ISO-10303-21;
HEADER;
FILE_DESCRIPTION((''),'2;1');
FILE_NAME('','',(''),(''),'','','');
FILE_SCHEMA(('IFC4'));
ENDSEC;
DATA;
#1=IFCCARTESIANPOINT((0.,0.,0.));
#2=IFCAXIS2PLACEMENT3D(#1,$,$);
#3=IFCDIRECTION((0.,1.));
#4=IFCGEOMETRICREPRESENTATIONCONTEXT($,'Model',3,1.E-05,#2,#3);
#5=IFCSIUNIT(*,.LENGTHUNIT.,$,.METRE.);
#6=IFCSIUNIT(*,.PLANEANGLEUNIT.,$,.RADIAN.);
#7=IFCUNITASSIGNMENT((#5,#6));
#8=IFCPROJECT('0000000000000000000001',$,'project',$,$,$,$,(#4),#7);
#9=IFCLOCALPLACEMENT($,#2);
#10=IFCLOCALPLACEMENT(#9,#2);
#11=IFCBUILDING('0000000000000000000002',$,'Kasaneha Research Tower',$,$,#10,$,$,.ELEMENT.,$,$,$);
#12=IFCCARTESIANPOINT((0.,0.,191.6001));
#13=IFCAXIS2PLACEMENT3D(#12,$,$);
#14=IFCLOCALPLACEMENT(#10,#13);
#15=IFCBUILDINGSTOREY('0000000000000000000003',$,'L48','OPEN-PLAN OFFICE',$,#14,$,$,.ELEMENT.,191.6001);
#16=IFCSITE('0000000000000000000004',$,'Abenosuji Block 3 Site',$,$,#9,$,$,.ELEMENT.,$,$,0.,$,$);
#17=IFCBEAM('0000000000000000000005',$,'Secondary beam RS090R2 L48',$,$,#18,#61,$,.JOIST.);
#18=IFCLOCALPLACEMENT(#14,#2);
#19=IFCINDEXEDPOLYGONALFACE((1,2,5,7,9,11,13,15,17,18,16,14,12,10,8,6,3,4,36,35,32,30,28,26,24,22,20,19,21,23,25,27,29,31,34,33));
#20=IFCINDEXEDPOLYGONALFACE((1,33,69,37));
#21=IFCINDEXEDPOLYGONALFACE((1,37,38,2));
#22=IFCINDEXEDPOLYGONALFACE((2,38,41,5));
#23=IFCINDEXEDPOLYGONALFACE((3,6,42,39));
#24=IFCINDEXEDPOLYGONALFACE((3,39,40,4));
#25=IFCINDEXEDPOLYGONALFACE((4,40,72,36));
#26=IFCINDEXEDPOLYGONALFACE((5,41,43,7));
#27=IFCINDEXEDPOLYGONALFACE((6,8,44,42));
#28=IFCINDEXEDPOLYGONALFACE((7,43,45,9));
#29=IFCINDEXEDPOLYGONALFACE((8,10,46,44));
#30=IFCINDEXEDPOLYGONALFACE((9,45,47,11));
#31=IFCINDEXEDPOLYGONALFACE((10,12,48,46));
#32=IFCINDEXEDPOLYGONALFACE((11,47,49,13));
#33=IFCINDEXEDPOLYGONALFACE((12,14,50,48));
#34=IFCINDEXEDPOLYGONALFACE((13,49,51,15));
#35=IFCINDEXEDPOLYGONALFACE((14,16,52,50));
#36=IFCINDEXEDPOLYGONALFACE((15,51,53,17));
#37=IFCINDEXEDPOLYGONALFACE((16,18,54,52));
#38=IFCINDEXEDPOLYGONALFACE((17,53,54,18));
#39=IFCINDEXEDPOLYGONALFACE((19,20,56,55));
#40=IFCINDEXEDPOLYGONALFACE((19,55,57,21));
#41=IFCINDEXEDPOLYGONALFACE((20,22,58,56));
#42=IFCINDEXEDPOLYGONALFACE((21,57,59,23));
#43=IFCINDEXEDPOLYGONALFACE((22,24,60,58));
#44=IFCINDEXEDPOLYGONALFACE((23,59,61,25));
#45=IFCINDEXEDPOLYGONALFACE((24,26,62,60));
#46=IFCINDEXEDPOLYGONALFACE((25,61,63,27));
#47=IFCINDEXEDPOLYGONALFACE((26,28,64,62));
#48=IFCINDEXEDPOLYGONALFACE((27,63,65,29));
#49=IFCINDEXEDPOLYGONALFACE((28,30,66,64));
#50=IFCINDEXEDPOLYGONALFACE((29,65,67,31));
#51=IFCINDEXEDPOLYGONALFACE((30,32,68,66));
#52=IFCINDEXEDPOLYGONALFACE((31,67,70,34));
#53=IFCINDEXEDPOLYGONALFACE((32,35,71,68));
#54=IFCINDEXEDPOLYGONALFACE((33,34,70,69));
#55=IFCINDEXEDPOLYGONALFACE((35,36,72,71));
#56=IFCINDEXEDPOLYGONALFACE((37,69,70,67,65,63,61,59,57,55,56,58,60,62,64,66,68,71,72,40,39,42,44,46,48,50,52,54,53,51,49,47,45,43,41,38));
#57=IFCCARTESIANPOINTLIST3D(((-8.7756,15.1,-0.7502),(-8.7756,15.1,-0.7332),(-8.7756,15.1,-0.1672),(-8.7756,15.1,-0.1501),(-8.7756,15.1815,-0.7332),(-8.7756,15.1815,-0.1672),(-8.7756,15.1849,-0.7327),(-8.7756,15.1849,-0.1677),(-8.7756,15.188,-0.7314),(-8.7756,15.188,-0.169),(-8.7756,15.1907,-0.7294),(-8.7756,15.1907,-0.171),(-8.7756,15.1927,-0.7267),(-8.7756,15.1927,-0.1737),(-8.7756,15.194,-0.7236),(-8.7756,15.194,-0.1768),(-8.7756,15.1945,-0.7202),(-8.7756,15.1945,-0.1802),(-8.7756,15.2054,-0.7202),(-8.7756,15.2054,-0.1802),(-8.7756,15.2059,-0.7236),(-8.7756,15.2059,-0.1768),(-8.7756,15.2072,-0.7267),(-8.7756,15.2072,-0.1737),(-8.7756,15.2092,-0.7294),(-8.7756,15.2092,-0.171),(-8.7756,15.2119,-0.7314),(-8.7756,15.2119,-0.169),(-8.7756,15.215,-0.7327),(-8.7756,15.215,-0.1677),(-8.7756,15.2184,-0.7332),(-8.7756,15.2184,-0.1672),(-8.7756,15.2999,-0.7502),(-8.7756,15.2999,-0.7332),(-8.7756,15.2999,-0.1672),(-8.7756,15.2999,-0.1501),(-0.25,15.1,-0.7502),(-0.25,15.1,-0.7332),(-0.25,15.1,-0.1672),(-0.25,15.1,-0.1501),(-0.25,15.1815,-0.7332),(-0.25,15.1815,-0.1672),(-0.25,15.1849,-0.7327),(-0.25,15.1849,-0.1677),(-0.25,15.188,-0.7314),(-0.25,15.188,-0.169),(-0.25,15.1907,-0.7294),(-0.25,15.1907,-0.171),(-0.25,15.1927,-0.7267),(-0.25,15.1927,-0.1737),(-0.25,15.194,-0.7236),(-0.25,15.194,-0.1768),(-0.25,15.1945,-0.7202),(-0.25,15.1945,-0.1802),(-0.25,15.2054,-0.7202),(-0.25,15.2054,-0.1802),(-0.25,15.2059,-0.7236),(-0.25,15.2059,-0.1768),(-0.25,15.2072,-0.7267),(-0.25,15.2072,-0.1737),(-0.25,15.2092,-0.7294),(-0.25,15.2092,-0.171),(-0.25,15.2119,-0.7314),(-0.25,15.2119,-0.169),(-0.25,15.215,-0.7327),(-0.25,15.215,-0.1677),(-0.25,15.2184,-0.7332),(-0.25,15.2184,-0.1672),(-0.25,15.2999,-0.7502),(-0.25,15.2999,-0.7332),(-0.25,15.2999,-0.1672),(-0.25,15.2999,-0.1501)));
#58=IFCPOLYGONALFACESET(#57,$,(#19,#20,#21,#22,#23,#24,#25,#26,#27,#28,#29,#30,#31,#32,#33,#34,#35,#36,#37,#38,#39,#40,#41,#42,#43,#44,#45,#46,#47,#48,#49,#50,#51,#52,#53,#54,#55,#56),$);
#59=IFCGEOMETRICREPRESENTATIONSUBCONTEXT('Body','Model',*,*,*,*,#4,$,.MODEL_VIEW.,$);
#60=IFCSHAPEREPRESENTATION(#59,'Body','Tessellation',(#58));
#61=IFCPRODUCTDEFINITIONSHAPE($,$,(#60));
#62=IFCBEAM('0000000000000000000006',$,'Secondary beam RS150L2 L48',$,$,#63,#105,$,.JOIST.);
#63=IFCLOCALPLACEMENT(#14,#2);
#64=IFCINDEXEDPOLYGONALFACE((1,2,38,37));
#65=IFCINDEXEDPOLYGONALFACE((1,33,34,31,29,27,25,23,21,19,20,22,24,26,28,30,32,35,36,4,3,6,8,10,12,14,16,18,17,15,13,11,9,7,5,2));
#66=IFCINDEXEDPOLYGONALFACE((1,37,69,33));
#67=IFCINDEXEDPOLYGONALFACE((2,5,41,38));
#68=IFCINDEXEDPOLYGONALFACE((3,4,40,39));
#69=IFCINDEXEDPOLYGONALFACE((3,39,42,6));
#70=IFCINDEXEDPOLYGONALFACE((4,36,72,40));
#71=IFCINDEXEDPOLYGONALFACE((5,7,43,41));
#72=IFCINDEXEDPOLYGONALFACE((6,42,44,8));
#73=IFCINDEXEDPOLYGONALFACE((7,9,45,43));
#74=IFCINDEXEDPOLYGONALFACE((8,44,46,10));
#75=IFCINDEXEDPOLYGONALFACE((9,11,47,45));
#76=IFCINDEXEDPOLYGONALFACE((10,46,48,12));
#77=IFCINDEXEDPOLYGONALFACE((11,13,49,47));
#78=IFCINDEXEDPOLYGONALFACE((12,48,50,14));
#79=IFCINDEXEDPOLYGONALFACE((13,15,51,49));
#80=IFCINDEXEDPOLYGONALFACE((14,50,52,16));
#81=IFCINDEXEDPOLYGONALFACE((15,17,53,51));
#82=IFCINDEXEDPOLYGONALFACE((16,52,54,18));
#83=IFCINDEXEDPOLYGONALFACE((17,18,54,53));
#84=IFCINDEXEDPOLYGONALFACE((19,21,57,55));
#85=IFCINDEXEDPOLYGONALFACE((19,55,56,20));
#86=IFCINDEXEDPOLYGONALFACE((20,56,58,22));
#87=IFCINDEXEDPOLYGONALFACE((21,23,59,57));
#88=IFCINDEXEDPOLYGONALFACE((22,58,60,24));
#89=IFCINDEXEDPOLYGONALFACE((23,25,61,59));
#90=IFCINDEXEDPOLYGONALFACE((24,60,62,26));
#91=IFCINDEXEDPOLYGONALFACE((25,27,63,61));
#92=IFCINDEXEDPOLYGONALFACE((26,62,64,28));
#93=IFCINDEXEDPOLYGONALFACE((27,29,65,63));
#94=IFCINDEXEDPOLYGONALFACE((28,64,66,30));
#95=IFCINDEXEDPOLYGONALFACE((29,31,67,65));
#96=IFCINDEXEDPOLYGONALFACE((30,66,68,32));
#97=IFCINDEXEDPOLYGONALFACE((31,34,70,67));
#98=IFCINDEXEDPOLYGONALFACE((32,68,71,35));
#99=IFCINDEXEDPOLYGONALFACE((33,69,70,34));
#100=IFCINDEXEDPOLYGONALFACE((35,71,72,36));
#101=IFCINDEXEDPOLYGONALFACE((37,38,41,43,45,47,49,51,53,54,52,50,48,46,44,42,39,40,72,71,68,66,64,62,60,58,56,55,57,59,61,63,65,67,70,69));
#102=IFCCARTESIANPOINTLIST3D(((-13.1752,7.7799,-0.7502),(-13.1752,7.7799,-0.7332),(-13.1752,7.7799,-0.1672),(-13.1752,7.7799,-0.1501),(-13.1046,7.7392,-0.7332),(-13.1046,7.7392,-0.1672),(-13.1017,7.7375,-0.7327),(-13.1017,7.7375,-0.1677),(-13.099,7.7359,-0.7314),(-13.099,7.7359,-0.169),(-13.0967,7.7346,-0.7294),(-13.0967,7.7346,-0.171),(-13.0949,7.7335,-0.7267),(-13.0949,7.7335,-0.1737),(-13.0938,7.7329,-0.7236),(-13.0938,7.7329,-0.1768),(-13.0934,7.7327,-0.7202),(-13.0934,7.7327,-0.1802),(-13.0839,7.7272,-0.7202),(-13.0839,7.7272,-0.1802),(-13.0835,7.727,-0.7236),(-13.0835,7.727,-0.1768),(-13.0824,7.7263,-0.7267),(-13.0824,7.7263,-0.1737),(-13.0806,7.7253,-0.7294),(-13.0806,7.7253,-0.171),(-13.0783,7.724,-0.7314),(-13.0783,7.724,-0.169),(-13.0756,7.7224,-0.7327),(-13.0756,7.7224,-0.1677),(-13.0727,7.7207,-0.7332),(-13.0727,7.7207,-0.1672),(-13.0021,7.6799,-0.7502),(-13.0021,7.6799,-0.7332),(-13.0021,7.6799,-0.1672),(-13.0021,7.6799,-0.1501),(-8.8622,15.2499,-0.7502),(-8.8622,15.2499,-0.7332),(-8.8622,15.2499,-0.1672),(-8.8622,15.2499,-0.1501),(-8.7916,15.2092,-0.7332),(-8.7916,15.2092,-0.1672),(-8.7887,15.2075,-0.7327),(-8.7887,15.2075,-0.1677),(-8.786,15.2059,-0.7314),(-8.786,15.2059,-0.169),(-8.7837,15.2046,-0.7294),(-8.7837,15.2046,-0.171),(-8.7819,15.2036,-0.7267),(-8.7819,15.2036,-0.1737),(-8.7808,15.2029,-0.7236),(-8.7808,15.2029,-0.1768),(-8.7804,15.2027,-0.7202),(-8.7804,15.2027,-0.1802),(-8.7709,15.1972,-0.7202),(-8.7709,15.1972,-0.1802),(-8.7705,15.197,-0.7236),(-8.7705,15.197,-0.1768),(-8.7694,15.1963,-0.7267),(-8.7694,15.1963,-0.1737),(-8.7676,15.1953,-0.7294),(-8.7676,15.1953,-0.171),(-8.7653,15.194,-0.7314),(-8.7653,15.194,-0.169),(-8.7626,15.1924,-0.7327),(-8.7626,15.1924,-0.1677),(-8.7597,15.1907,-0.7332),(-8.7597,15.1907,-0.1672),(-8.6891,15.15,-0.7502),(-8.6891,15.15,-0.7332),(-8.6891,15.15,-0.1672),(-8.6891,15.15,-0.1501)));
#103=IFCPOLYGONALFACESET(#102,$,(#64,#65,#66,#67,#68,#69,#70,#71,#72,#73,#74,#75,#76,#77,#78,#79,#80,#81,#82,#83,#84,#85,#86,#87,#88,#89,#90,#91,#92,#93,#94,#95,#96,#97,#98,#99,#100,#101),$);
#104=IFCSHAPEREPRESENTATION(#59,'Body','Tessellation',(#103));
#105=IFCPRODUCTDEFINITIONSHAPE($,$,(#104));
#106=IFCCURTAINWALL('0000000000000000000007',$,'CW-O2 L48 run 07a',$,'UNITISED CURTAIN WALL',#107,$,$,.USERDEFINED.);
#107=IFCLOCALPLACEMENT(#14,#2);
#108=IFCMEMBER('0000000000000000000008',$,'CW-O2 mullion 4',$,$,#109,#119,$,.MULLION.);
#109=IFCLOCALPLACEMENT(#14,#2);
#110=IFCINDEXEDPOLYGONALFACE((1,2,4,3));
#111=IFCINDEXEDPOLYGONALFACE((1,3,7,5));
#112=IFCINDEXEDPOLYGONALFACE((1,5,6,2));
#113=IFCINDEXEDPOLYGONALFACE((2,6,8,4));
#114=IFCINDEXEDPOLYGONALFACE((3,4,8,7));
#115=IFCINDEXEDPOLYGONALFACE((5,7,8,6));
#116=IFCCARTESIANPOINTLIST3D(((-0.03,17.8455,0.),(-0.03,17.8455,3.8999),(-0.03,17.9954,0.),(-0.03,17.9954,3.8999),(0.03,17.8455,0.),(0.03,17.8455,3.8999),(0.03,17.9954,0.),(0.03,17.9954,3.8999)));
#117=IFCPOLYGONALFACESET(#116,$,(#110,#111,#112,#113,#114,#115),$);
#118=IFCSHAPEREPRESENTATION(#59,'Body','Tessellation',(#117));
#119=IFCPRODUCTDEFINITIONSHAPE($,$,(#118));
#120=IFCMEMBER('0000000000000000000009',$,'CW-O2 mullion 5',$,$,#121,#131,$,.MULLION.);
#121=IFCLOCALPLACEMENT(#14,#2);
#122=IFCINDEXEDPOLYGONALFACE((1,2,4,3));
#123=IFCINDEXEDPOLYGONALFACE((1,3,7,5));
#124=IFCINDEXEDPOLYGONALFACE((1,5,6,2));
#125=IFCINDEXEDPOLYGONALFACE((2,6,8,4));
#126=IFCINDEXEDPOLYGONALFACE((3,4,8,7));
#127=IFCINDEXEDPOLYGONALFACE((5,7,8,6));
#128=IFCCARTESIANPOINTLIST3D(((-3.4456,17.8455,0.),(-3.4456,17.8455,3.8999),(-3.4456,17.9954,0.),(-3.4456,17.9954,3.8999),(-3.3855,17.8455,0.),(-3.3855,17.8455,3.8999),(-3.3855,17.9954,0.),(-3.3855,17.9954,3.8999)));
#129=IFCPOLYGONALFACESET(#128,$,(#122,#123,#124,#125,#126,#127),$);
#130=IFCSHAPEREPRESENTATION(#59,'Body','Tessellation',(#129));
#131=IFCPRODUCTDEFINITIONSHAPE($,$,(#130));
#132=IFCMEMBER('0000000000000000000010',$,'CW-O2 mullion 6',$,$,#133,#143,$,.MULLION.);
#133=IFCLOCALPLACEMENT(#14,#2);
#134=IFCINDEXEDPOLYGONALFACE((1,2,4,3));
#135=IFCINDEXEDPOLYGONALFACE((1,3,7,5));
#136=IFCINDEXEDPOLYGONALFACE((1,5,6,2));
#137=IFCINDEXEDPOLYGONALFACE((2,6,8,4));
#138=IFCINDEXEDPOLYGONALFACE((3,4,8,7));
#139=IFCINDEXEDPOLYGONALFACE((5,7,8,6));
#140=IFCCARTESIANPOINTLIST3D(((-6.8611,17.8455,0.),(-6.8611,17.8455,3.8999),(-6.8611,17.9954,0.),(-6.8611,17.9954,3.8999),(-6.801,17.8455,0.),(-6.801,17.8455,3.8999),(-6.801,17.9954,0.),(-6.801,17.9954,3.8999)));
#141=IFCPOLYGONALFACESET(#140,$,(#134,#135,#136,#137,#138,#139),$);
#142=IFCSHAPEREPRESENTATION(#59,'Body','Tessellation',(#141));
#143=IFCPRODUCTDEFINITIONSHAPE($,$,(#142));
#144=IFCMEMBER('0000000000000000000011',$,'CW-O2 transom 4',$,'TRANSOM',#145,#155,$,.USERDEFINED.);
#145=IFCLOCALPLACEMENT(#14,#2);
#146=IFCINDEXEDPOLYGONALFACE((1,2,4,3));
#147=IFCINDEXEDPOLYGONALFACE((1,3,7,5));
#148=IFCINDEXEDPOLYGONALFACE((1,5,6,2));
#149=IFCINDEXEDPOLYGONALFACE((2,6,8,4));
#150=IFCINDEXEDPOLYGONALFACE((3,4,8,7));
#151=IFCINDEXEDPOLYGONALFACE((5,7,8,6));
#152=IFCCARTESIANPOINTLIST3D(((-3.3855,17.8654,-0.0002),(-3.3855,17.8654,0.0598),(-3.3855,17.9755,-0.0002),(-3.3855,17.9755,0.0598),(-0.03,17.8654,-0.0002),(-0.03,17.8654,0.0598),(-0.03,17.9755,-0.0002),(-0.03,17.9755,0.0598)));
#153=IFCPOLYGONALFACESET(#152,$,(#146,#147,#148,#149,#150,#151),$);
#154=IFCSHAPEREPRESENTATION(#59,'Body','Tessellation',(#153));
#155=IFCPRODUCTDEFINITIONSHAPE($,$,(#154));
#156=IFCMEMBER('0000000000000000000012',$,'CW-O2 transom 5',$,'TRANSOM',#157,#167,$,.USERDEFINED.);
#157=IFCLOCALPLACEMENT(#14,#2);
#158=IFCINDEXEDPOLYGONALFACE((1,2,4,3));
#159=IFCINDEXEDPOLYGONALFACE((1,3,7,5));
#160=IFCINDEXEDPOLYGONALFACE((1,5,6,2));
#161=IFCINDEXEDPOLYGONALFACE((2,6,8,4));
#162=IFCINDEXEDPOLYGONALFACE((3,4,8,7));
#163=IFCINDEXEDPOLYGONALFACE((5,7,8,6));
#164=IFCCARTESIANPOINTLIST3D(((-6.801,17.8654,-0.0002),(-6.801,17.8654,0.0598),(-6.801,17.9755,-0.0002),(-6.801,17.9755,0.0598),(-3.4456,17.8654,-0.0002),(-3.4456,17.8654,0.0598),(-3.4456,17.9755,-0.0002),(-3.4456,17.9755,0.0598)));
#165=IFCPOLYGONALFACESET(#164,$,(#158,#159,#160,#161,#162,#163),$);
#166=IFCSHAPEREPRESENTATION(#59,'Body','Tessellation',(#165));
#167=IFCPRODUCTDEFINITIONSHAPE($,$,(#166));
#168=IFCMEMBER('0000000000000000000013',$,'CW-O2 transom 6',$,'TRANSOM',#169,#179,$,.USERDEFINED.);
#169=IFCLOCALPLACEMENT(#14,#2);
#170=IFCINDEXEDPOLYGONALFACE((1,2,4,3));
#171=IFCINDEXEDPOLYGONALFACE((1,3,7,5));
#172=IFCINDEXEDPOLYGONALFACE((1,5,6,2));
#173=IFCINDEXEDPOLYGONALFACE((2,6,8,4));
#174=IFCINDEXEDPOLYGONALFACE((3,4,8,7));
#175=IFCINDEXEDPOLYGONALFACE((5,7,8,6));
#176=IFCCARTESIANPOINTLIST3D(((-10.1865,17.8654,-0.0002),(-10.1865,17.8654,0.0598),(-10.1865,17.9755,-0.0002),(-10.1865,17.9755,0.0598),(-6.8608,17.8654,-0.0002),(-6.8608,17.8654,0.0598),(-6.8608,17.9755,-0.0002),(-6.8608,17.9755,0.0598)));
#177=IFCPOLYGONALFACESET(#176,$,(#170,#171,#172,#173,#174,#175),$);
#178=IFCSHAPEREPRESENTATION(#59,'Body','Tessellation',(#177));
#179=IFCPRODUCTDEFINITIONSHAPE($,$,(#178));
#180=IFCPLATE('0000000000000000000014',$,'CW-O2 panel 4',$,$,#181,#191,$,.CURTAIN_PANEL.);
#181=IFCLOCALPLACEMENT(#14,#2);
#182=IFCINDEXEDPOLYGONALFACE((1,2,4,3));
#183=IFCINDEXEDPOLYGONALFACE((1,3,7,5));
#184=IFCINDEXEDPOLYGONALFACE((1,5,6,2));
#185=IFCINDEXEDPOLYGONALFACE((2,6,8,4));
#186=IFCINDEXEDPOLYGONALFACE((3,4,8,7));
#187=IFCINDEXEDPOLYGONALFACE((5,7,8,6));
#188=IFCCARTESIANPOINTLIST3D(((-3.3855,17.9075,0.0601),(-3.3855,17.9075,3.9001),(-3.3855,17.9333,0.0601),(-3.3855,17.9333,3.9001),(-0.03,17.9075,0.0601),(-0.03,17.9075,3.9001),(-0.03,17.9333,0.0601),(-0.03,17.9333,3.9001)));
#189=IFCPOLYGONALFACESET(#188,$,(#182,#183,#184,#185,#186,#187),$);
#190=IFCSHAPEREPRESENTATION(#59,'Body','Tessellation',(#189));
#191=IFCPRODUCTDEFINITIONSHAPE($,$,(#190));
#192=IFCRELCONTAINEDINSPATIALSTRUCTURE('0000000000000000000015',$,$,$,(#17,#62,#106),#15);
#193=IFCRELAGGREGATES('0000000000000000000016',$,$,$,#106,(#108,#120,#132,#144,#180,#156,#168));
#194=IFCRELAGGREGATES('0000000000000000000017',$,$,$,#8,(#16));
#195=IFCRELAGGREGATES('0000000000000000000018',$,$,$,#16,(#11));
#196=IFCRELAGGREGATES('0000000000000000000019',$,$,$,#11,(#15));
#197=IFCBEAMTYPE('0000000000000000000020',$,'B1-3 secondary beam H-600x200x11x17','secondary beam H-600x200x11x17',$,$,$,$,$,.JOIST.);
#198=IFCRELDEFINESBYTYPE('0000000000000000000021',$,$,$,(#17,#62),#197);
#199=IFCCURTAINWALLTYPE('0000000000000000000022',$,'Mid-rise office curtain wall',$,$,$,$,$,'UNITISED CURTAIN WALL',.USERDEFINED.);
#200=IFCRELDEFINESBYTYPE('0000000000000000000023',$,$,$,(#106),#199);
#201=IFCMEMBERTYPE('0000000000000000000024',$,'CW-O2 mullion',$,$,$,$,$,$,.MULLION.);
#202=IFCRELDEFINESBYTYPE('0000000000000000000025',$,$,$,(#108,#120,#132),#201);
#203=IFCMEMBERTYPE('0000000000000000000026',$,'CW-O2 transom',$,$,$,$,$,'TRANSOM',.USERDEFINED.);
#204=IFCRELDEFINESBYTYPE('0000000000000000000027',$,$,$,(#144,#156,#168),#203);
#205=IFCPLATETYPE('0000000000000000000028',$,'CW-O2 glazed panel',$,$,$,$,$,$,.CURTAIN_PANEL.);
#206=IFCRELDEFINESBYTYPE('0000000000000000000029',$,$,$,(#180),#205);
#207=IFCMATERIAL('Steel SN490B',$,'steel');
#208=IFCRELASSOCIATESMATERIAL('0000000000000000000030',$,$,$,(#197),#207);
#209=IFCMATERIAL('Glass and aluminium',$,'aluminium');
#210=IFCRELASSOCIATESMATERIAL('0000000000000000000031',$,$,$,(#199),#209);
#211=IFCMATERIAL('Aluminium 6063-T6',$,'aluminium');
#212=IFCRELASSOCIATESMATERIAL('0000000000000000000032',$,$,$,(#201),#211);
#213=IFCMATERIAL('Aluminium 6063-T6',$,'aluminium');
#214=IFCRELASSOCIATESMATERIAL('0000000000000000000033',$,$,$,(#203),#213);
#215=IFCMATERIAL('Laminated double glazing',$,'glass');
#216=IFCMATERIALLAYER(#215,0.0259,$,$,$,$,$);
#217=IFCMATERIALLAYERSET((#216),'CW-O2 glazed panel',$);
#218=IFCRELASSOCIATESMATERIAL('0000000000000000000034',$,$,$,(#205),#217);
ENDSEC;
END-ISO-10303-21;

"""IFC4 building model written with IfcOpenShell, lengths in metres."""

from ifc_helpers import new_model, si_unit, direction, frame, origin, origin_2d, place, context, subcontext, project, spatial, rectangle, i_section, extrude, material, layer, layer_set, material_profile, profile_set, type_object, element, aggregate, save


model = new_model("IFC4")

# Units and contexts
model_context = context("Model", 3, precision=1e-05, world=origin(), true_north=direction((0.0, 1.0)))
body_context = subcontext(model_context, "Body", "Model", "MODEL_VIEW")
ifc_project = project(units=[si_unit("LENGTHUNIT", "METRE"), si_unit("PLANEANGLEUNIT", "RADIAN")], contexts=[model_context])

# Site, building, storey
site_placement = place(None, origin())
site = spatial("IfcSite", under=ifc_project, at=site_placement, Name="Abenosuji Block 3 Site", CompositionType="ELEMENT", RefElevation=0.0)
building_placement = place(site_placement, origin())
building = spatial("IfcBuilding", under=site, at=building_placement, Name="Kasaneha Research Tower", CompositionType="ELEMENT")
storey_placement = place(building_placement, frame((0.0, 0.0, 191.6001)))
storey = spatial("IfcBuildingStorey", under=building, at=storey_placement, Name="L48", Description="OPEN-PLAN OFFICE", CompositionType="ELEMENT", Elevation=191.6001)

# Beams
ifc_material_1 = material(Name="Steel SN490B", Category="steel")
ifc_material_profile_1 = material_profile(ifc_material_1, i_section(OverallWidth=0.2, OverallDepth=0.6001, WebThickness=0.011, FlangeThickness=0.0171, FilletRadius=0.0129, at=origin_2d()), Name="H-600x200x11x17")
ifc_profile_set_1 = profile_set([ifc_material_profile_1], Name="Steel SN490B")
beam_type = type_object("IfcBeamType", Name="B1-3 secondary beam H-600x200x11x17", Description="secondary beam H-600x200x11x17", PredefinedType="JOIST", material=ifc_profile_set_1)
beam_1_placement = place(storey_placement, frame((-8.7756, 15.2, -0.4502), z_axis=(1.0, 0.0, 0.0), x_axis=(0.0, 1.0, 0.0)))
element("IfcBeam", 1, at=beam_1_placement, inside=storey, type_object=beam_type, Name="Secondary beam RS090R2 L48", PredefinedType="JOIST", context=body_context, shape_type="SweptSolid", body=[
    extrude(i_section(OverallWidth=0.2, OverallDepth=0.6001, WebThickness=0.011, FlangeThickness=0.0171, FilletRadius=0.0129, at=origin_2d()), origin(), (0.0, 0.0, 1.0), 8.5256),
])
beam_2_placement = place(storey_placement, frame((-8.7756, 15.2, -0.4502), z_axis=(-0.500017, -0.866015, 0.0), x_axis=(0.866015, -0.500017, 0.0)))
element("IfcBeam", 2, at=beam_2_placement, inside=storey, type_object=beam_type, Name="Secondary beam RS150L2 L48", PredefinedType="JOIST", context=body_context, shape_type="SweptSolid", body=[
    extrude(i_section(OverallWidth=0.2, OverallDepth=0.6001, WebThickness=0.011, FlangeThickness=0.0171, FilletRadius=0.0129, at=origin_2d()), origin(), (0.0, 0.0, 1.0), 8.6257),
])

# Curtain wall, members, plate
ifc_material_2 = material(Name="Glass and aluminium", Category="aluminium")
curtain_wall_type = type_object("IfcCurtainWallType", Name="Mid-rise office curtain wall", ElementType="UNITISED CURTAIN WALL", PredefinedType="USERDEFINED", material=ifc_material_2)
curtain_wall_placement = place(storey_placement, origin())
curtain_wall = element("IfcCurtainWall", 3, at=curtain_wall_placement, inside=storey, type_object=curtain_wall_type, Name="CW-O2 L48 run 07a", ObjectType="UNITISED CURTAIN WALL", PredefinedType="USERDEFINED")
ifc_material_3 = material(Name="Aluminium 6063-T6", Category="aluminium")
ifc_material_profile_2 = material_profile(ifc_material_3, rectangle(XDim=0.0601, YDim=0.1499, at=origin_2d()), Name="CW-O2 mullion 60x150")
ifc_profile_set_2 = profile_set([ifc_material_profile_2], Name="Aluminium 6063-T6")
member_type_1 = type_object("IfcMemberType", Name="CW-O2 mullion", PredefinedType="MULLION", material=ifc_profile_set_2)
member_1_placement = place(storey_placement, frame((0.0, 17.9204, 0.0), z_axis=(0.0, 0.0, 1.0), x_axis=(-1.0, 0.0, 0.0)))
member_1 = element("IfcMember", 4, at=member_1_placement, type_object=member_type_1, Name="CW-O2 mullion 4", PredefinedType="MULLION", context=body_context, shape_type="SweptSolid", body=[
    extrude(rectangle(XDim=0.0601, YDim=0.1499, at=origin_2d()), origin(), (0.0, 0.0, 1.0), 3.8999),
])
member_2_placement = place(storey_placement, frame((-3.4155, 17.9204, 0.0), z_axis=(0.0, 0.0, 1.0), x_axis=(-1.0, 0.0, 0.0)))
member_2 = element("IfcMember", 5, at=member_2_placement, type_object=member_type_1, Name="CW-O2 mullion 5", PredefinedType="MULLION", context=body_context, shape_type="SweptSolid", body=[
    extrude(rectangle(XDim=0.0601, YDim=0.1499, at=origin_2d()), origin(), (0.0, 0.0, 1.0), 3.8999),
])
member_3_placement = place(storey_placement, frame((-6.8311, 17.9204, 0.0), z_axis=(0.0, 0.0, 1.0), x_axis=(-1.0, 0.0, 0.0)))
member_3 = element("IfcMember", 6, at=member_3_placement, type_object=member_type_1, Name="CW-O2 mullion 6", PredefinedType="MULLION", context=body_context, shape_type="SweptSolid", body=[
    extrude(rectangle(XDim=0.0601, YDim=0.1499, at=origin_2d()), origin(), (0.0, 0.0, 1.0), 3.8999),
])
ifc_material_4 = material(Name="Aluminium 6063-T6", Category="aluminium")
ifc_material_profile_3 = material_profile(ifc_material_4, rectangle(XDim=0.1101, YDim=0.0601, at=origin_2d()), Name="CW-O2 transom 110x60")
ifc_profile_set_3 = profile_set([ifc_material_profile_3], Name="Aluminium 6063-T6")
member_type_2 = type_object("IfcMemberType", Name="CW-O2 transom", ElementType="TRANSOM", PredefinedType="USERDEFINED", material=ifc_profile_set_3)
member_4_placement = place(storey_placement, frame((-0.03, 17.9204, 0.0298), z_axis=(-1.0, 0.0, 0.0), x_axis=(0.0, -1.0, 0.0)))
member_4 = element("IfcMember", 7, at=member_4_placement, type_object=member_type_2, Name="CW-O2 transom 4", ObjectType="TRANSOM", PredefinedType="USERDEFINED", context=body_context, shape_type="SweptSolid", body=[
    extrude(rectangle(XDim=0.1101, YDim=0.0601, at=origin_2d()), origin(), (0.0, 0.0, 1.0), 3.3555),
])
member_5_placement = place(storey_placement, frame((-3.4456, 17.9204, 0.0298), z_axis=(-1.0, 0.0, 0.0), x_axis=(0.0, -1.0, 0.0)))
member_5 = element("IfcMember", 8, at=member_5_placement, type_object=member_type_2, Name="CW-O2 transom 5", ObjectType="TRANSOM", PredefinedType="USERDEFINED", context=body_context, shape_type="SweptSolid", body=[
    extrude(rectangle(XDim=0.1101, YDim=0.0601, at=origin_2d()), origin(), (0.0, 0.0, 1.0), 3.3555),
])
member_6_placement = place(storey_placement, frame((-6.8608, 17.9204, 0.0298), z_axis=(-1.0, 0.0, 0.0), x_axis=(0.0, -1.0, 0.0)))
member_6 = element("IfcMember", 9, at=member_6_placement, type_object=member_type_2, Name="CW-O2 transom 6", ObjectType="TRANSOM", PredefinedType="USERDEFINED", context=body_context, shape_type="SweptSolid", body=[
    extrude(rectangle(XDim=0.1101, YDim=0.0601, at=origin_2d()), origin(), (0.0, 0.0, 1.0), 3.3257),
])
ifc_material_5 = material(Name="Laminated double glazing", Category="glass")
ifc_layer_1 = layer(ifc_material_5, 0.0259)
ifc_layer_set_1 = layer_set([ifc_layer_1], Name="CW-O2 glazed panel")
plate_type = type_object("IfcPlateType", Name="CW-O2 glazed panel", PredefinedType="CURTAIN_PANEL", material=ifc_layer_set_1)
plate_1_placement = place(storey_placement, frame((-1.7078, 17.9204, 0.0601), z_axis=(0.0, 0.0, 1.0), x_axis=(-1.0, 0.0, 0.0)))
plate_1 = element("IfcPlate", 10, at=plate_1_placement, type_object=plate_type, Name="CW-O2 panel 4", PredefinedType="CURTAIN_PANEL", context=body_context, shape_type="SweptSolid", body=[
    extrude(rectangle(XDim=3.3555, YDim=0.0259, at=origin_2d()), origin(), (0.0, 0.0, 1.0), 3.8401),
])
aggregate(curtain_wall, [member_1, member_2, member_3, member_4, plate_1, member_5, member_6])

save(model, "model.ifc")
